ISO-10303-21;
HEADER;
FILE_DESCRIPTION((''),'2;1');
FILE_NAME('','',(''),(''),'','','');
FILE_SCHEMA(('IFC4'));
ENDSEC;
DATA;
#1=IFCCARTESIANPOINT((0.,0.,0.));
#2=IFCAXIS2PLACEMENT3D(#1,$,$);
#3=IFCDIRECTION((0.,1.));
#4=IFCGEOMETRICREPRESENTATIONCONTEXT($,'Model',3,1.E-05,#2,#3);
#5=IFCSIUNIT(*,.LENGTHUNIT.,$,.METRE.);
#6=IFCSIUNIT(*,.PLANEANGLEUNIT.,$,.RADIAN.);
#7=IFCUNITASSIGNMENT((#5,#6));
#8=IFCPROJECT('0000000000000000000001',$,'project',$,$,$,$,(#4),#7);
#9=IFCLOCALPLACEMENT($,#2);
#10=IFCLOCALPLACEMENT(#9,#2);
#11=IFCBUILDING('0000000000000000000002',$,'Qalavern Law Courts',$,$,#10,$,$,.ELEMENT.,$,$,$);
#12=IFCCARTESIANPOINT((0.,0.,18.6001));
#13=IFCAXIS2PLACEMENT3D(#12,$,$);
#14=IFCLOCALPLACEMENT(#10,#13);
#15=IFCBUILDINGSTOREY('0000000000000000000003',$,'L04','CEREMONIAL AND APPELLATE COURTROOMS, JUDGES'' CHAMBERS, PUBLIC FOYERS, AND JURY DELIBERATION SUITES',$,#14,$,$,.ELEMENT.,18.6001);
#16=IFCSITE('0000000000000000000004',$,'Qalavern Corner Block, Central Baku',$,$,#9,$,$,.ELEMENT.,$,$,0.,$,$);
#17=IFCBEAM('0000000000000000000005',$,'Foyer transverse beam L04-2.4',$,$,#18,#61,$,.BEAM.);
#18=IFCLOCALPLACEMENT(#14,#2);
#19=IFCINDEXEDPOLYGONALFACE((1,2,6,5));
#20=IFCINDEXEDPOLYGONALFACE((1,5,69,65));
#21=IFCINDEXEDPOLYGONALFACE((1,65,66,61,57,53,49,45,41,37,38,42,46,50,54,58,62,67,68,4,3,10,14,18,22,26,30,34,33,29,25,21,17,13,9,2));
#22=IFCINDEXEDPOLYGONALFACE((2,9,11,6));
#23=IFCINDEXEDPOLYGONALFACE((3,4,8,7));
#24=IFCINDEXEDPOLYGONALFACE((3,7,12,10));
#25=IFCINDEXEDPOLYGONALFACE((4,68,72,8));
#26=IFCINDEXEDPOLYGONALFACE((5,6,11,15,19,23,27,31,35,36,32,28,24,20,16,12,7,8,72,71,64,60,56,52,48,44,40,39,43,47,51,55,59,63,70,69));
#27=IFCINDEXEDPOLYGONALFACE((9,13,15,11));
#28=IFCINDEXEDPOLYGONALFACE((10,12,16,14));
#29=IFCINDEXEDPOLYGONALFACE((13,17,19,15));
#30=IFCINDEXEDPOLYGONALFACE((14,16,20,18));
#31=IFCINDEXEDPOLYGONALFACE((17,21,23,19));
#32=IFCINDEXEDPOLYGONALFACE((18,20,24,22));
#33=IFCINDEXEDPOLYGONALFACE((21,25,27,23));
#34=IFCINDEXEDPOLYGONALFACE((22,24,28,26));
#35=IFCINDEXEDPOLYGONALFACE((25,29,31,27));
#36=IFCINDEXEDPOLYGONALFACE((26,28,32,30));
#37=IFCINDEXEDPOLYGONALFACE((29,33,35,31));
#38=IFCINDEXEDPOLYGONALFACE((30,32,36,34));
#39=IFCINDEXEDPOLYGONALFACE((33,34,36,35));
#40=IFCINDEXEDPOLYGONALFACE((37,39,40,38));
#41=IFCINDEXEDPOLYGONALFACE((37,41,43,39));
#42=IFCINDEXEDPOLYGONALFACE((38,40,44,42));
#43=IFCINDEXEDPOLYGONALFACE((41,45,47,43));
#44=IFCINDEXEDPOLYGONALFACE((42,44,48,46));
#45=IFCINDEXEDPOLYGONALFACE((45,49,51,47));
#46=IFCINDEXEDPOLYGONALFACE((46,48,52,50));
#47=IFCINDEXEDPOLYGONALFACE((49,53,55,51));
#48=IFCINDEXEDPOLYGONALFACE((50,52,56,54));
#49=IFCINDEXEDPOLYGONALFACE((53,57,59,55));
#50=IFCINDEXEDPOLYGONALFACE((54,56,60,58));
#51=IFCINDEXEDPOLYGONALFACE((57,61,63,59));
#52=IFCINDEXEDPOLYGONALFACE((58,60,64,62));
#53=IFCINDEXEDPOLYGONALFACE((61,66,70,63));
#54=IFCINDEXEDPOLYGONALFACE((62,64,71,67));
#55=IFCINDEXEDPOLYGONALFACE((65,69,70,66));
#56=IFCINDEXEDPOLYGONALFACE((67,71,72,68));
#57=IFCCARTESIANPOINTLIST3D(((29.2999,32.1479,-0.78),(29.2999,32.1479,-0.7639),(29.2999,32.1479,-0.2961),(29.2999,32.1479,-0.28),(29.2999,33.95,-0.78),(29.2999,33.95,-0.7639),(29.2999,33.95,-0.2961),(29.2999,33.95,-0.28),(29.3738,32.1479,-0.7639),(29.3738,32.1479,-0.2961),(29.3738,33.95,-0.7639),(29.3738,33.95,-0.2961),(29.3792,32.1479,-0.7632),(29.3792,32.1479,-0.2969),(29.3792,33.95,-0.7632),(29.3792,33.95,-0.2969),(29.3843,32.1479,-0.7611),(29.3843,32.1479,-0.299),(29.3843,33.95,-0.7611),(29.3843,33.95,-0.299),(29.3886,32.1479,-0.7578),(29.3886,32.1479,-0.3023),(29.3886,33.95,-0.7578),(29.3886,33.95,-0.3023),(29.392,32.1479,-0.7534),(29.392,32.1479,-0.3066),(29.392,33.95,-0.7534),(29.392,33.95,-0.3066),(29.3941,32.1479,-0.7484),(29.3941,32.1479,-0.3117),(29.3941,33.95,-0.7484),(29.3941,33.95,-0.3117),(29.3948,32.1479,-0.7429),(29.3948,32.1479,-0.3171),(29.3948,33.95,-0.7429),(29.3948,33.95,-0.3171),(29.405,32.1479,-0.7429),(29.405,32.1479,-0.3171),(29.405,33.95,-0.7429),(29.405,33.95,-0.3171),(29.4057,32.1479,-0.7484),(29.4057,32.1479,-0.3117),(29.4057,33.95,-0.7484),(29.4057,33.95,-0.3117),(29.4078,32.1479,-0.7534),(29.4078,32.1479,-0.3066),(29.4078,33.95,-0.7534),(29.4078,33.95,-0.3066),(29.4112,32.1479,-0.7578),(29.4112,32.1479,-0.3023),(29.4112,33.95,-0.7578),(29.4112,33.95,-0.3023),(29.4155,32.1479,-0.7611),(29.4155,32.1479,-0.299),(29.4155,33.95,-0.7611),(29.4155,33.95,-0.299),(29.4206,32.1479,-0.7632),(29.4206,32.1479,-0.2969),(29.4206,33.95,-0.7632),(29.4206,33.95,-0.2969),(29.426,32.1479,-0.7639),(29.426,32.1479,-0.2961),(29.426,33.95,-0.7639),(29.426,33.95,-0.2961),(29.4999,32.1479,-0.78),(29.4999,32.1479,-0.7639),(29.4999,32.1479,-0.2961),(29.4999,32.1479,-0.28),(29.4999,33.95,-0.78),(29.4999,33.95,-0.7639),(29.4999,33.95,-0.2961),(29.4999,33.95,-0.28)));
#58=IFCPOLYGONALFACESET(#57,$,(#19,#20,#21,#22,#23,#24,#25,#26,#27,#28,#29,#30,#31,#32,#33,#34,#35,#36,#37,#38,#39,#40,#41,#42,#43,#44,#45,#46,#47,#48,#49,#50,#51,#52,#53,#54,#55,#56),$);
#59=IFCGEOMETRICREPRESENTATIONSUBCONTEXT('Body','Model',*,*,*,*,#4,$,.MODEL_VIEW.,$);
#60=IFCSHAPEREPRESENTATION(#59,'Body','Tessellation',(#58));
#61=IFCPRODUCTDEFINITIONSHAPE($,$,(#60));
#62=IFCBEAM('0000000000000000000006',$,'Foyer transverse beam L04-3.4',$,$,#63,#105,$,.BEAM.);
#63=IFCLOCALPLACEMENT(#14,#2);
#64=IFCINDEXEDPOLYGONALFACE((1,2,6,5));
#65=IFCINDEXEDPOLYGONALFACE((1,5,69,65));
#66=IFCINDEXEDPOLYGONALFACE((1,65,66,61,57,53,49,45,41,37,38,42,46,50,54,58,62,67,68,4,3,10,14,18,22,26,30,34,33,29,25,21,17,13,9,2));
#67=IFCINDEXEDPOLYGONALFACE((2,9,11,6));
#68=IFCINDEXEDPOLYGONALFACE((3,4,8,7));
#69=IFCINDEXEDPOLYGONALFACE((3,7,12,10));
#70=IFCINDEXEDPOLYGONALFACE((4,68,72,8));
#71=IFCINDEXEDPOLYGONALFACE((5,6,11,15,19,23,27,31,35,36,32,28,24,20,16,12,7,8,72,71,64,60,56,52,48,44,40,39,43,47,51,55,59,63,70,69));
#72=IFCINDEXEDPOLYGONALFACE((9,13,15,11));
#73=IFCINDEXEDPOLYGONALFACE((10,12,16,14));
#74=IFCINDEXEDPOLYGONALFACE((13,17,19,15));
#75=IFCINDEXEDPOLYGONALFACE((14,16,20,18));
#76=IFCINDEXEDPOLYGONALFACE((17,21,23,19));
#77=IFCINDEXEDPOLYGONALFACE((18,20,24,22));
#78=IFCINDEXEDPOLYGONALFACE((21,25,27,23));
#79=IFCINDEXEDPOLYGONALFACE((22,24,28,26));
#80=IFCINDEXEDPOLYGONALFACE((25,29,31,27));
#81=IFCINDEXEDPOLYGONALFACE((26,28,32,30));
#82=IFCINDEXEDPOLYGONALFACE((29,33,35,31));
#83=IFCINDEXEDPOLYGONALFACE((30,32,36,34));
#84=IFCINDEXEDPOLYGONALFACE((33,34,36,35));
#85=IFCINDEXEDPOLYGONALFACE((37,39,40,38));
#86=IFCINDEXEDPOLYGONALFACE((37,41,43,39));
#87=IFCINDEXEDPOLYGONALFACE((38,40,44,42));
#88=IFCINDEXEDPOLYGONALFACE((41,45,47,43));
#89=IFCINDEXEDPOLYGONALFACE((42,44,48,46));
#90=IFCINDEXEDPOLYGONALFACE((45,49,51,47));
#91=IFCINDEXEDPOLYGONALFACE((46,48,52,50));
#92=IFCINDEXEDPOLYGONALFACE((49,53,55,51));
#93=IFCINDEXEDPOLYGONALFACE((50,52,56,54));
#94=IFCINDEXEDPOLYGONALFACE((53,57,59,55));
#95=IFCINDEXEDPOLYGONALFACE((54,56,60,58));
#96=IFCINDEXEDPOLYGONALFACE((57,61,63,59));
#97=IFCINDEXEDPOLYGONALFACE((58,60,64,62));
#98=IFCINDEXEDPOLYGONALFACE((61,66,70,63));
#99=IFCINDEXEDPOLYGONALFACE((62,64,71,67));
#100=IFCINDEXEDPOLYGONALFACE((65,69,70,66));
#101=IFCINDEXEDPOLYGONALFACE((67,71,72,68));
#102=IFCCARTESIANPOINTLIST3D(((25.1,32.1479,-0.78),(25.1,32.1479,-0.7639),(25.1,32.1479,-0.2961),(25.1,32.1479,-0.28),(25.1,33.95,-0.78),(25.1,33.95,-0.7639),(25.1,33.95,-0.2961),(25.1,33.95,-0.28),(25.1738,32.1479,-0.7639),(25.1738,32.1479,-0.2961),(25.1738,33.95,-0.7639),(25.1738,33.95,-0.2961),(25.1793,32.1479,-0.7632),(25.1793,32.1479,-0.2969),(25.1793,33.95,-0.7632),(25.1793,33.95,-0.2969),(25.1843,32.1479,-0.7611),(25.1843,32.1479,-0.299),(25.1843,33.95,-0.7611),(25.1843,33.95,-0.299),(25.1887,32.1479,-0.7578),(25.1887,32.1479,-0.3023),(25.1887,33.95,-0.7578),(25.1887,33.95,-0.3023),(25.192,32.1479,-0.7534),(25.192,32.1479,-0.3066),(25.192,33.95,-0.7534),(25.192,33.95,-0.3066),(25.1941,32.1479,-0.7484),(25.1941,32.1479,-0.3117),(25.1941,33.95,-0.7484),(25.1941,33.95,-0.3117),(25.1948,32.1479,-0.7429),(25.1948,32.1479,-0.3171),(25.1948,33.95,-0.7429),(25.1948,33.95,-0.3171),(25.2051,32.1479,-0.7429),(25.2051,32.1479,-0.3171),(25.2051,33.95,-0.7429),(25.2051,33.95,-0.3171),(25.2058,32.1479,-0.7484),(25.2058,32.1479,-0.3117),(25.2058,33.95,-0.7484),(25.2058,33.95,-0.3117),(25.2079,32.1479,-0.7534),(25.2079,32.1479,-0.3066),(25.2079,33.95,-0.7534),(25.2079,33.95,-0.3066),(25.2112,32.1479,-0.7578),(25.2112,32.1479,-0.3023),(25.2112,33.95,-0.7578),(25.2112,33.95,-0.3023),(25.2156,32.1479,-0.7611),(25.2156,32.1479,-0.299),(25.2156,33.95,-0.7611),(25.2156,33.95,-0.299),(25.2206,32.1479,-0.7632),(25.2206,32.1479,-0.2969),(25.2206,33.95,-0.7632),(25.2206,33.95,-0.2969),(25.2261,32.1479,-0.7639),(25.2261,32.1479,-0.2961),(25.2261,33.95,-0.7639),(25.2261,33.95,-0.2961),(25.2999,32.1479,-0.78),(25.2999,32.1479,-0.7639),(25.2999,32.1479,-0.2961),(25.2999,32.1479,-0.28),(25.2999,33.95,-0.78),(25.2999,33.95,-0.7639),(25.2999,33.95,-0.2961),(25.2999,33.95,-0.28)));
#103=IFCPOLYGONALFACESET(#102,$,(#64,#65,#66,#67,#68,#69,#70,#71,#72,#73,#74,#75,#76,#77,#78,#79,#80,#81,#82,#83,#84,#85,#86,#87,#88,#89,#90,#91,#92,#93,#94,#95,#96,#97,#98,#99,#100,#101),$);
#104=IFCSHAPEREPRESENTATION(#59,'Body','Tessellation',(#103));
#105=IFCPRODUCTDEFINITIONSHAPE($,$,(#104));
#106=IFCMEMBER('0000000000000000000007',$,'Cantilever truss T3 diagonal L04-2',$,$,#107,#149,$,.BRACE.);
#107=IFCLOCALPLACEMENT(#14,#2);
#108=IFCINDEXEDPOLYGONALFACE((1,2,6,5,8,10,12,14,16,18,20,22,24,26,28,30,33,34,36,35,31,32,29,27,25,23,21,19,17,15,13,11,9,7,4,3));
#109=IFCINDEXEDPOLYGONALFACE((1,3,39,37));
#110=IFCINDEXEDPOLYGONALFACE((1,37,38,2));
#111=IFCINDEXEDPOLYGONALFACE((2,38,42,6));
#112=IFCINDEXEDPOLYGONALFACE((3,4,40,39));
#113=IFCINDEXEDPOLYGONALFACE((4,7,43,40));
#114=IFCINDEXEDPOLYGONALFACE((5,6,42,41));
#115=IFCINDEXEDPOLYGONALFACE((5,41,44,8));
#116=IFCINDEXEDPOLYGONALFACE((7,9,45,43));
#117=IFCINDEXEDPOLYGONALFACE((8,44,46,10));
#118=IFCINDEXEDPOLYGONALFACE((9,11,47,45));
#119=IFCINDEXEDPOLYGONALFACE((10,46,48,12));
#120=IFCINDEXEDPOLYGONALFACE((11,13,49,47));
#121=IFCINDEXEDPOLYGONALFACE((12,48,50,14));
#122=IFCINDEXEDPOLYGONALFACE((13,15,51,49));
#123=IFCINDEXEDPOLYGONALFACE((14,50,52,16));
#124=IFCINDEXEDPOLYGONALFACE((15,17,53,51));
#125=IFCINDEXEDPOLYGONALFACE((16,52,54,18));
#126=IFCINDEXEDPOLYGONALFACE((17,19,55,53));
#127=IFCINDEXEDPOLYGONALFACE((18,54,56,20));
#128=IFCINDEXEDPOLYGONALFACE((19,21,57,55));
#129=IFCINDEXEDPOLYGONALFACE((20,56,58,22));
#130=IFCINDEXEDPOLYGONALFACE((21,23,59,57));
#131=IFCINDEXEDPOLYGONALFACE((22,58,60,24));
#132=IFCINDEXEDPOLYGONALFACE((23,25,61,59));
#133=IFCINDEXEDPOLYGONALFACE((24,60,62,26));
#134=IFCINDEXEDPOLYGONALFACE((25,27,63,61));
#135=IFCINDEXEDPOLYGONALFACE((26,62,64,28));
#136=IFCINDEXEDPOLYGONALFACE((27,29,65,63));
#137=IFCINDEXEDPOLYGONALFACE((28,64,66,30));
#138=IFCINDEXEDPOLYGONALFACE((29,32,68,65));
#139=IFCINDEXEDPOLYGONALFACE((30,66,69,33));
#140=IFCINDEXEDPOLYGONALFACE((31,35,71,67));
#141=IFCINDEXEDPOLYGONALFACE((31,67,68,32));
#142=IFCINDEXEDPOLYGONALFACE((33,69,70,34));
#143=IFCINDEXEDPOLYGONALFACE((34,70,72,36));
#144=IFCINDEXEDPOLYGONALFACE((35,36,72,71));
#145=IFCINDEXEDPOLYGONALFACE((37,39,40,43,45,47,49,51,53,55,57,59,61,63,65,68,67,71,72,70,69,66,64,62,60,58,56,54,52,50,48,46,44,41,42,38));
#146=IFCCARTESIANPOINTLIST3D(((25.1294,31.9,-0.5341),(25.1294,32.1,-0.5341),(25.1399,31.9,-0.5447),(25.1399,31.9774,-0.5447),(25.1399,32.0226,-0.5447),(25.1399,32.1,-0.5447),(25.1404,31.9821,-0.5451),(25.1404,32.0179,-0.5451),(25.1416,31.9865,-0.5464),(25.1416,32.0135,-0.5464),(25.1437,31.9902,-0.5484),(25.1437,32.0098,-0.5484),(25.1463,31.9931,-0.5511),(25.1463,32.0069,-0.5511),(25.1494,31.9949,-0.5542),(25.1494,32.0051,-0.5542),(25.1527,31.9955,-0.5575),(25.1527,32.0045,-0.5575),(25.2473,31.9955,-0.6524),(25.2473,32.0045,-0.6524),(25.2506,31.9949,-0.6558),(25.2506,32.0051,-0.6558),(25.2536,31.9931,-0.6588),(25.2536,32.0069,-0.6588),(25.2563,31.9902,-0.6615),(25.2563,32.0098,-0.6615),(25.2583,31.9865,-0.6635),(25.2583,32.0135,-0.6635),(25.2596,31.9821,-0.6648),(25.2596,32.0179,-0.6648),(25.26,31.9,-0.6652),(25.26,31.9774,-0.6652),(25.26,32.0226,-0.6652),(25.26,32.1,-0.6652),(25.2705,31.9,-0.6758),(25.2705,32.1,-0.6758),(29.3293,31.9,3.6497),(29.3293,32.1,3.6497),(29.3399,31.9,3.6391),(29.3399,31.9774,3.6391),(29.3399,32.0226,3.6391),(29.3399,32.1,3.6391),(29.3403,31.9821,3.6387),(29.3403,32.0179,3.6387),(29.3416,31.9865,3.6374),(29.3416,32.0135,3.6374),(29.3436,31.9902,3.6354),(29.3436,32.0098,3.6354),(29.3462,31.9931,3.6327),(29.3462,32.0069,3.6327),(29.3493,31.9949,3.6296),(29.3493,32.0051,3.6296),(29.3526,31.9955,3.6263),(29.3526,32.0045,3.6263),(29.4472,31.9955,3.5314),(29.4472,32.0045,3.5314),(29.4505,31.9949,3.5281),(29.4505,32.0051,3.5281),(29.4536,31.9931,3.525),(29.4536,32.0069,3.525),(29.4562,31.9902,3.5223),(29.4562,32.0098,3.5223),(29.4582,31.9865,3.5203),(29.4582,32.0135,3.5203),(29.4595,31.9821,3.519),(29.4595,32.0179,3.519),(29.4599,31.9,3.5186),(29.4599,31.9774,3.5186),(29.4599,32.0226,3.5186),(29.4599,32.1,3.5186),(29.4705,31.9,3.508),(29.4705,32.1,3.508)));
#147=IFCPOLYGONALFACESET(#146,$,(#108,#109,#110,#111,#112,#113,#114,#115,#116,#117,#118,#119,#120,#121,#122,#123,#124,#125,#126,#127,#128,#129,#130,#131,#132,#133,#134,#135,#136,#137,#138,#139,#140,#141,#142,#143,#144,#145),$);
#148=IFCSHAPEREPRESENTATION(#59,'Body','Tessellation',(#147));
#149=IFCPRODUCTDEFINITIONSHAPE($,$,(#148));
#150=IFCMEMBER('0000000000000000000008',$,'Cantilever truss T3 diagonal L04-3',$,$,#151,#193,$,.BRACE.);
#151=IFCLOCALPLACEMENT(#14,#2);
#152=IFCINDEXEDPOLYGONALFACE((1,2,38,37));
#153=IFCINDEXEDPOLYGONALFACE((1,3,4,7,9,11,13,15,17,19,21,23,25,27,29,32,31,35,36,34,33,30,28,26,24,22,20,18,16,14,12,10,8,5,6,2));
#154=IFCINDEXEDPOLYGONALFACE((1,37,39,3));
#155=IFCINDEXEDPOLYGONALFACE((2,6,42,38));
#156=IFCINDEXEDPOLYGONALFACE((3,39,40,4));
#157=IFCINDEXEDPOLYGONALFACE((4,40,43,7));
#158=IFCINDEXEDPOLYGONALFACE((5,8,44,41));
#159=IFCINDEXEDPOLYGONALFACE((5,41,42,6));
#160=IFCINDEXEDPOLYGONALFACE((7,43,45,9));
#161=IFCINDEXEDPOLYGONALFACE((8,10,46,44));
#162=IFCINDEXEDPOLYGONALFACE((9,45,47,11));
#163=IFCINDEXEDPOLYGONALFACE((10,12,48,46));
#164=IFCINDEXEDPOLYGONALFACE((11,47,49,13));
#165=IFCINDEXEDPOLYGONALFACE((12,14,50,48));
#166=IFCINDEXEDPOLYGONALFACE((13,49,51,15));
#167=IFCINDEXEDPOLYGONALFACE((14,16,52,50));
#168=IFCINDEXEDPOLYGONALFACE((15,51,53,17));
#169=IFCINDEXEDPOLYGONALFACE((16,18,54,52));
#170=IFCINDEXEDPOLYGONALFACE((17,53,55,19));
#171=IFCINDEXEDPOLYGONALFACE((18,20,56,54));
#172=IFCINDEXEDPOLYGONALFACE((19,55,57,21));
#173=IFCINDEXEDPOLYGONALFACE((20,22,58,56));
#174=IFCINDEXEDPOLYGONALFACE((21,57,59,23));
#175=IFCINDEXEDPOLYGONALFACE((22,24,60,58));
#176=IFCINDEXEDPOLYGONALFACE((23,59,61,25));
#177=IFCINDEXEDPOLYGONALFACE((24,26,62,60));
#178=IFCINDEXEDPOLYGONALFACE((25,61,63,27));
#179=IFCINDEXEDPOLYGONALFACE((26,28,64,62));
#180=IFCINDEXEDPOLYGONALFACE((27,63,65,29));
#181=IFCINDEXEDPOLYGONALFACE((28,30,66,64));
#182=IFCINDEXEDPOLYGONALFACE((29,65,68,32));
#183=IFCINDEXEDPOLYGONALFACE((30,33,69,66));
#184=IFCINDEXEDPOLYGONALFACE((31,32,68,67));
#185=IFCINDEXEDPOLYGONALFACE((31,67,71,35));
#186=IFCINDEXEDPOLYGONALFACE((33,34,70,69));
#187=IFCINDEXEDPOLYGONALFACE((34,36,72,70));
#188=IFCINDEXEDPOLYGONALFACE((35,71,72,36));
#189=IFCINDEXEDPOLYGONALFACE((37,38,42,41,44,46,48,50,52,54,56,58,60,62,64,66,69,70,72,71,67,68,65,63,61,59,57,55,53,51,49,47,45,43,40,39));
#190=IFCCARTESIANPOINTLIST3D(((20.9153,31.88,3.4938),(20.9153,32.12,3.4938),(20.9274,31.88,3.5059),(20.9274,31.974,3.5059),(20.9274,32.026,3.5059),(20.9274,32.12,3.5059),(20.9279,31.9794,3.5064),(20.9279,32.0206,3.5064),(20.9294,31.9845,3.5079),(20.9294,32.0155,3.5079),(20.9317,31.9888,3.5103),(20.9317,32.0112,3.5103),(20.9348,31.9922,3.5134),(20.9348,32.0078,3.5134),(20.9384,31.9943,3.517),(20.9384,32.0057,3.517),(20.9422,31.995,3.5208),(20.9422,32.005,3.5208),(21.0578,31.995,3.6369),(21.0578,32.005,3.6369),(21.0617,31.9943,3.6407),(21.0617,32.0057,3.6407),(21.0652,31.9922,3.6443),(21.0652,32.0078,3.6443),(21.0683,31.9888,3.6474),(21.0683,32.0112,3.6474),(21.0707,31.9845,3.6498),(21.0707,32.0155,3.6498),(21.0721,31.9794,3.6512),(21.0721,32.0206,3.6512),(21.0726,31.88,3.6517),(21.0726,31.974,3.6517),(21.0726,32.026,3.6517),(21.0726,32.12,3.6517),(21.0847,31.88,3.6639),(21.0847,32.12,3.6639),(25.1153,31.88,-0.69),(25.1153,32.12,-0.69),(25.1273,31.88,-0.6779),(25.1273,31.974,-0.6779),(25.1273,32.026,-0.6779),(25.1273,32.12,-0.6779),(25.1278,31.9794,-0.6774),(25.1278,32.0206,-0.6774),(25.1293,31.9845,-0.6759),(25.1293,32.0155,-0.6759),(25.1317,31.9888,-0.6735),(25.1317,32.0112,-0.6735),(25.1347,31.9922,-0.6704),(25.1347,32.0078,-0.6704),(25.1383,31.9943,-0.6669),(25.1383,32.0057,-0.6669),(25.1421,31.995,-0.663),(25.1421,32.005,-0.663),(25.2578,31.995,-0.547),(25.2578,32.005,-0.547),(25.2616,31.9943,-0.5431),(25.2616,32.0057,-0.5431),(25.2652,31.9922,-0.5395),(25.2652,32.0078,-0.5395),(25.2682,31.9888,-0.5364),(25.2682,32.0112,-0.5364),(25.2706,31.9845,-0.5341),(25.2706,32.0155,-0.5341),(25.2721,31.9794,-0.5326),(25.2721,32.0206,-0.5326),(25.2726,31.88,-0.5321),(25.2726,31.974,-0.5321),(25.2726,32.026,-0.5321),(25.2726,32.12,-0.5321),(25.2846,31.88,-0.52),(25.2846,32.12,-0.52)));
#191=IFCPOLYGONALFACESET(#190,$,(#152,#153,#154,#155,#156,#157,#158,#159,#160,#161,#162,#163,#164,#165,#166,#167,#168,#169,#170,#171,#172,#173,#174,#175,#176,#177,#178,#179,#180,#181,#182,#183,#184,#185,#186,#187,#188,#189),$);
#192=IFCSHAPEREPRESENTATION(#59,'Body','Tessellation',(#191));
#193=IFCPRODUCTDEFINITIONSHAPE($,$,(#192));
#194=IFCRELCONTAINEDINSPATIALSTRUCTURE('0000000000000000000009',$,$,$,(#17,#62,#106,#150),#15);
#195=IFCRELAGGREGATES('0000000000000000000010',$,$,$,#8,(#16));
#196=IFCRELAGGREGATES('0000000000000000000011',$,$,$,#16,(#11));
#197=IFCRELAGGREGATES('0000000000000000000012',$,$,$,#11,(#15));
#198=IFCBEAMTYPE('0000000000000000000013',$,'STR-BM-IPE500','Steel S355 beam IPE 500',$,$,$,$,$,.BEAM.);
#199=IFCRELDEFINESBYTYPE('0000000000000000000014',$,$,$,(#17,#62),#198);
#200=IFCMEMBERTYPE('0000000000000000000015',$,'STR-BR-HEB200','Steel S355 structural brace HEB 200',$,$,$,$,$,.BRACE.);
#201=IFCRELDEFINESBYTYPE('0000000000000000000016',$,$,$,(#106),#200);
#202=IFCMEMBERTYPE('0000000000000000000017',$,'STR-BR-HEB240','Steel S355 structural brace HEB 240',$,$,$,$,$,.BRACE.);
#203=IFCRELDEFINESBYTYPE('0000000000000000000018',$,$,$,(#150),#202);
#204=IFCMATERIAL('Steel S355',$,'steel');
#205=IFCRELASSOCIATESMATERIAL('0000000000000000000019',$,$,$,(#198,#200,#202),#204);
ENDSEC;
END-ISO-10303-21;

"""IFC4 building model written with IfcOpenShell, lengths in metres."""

from ifc_helpers import new_model, si_unit, direction, frame, origin, origin_2d, place, context, subcontext, project, spatial, i_section, extrude, material, material_profile, profile_set, type_object, element, save


model = new_model("IFC4")

# Units and contexts
model_context = context("Model", 3, precision=1e-05, world=origin(), true_north=direction((0.0, 1.0)))
body_context = subcontext(model_context, "Body", "Model", "MODEL_VIEW")
ifc_project = project(units=[si_unit("LENGTHUNIT", "METRE"), si_unit("PLANEANGLEUNIT", "RADIAN")], contexts=[model_context])

# Site, building, storey
site_placement = place(None, origin())
site = spatial("IfcSite", under=ifc_project, at=site_placement, Name="Qalavern Corner Block, Central Baku", CompositionType="ELEMENT", RefElevation=0.0)
building_placement = place(site_placement, origin())
building = spatial("IfcBuilding", under=site, at=building_placement, Name="Qalavern Law Courts", CompositionType="ELEMENT")
storey_placement = place(building_placement, frame((0.0, 0.0, 18.6001)))
storey = spatial("IfcBuildingStorey", under=building, at=storey_placement, Name="L04", Description="CEREMONIAL AND APPELLATE COURTROOMS, JUDGES' CHAMBERS, PUBLIC FOYERS, AND JURY DELIBERATION SUITES", CompositionType="ELEMENT", Elevation=18.6001)

# Beams
ifc_material_1 = material(Name="Steel S355", Category="steel")
ifc_material_profile_1 = material_profile(ifc_material_1, i_section(OverallWidth=0.2, OverallDepth=0.5, WebThickness=0.0103, FlangeThickness=0.0161, FilletRadius=0.021, at=origin_2d()), Name="IPE 500")
ifc_profile_set_1 = profile_set([ifc_material_profile_1], Name="Steel S355")
beam_type = type_object("IfcBeamType", Name="STR-BM-IPE500", Description="Steel S355 beam IPE 500", PredefinedType="BEAM", material=ifc_profile_set_1)
for number, where, z_axis, x_axis, name in (
    (1, (29.3999, 32.1479, -0.53), (0.0, 1.0, 0.0), (-1.0, 0.0, 0.0), "Foyer transverse beam L04-2.4"),
    (2, (25.2, 32.1479, -0.53), (0.0, 1.0, 0.0), (-1.0, 0.0, 0.0), "Foyer transverse beam L04-3.4"),
):
    element("IfcBeam", number, at=place(storey_placement, frame(where, z_axis=z_axis, x_axis=x_axis)), inside=storey, type_object=beam_type, Name=name, PredefinedType="BEAM", context=body_context, shape_type="SweptSolid", body=[
        extrude(i_section(OverallWidth=0.2, OverallDepth=0.5, WebThickness=0.0103, FlangeThickness=0.0161, FilletRadius=0.021, at=origin_2d()), origin(), (0.0, 0.0, 1.0), 1.802),
    ])

# Members
ifc_material_profile_2 = material_profile(ifc_material_1, i_section(OverallWidth=0.2, OverallDepth=0.2, WebThickness=0.009, FlangeThickness=0.0149, FilletRadius=0.0181, at=origin_2d()), Name="HEB 200")
ifc_profile_set_2 = profile_set([ifc_material_profile_2], Name="Steel S355")
member_type_1 = type_object("IfcMemberType", Name="STR-BR-HEB200", Description="Steel S355 structural brace HEB 200", PredefinedType="BRACE", material=ifc_profile_set_2)
member_1_placement = place(storey_placement, frame((29.3999, 32.0, 3.5789), z_axis=(-0.708465, 0.0, -0.705746), x_axis=(0.0, -1.0, 0.0)))
element("IfcMember", 3, at=member_1_placement, inside=storey, type_object=member_type_1, Name="Cantilever truss T3 diagonal L04-2", PredefinedType="BRACE", context=body_context, shape_type="SweptSolid", body=[
    extrude(i_section(OverallWidth=0.2, OverallDepth=0.2, WebThickness=0.009, FlangeThickness=0.0149, FilletRadius=0.0181, at=origin_2d()), origin(), (0.0, 0.0, 1.0), 5.9282),
])
ifc_material_profile_3 = material_profile(ifc_material_1, i_section(OverallWidth=0.24, OverallDepth=0.24, WebThickness=0.01, FlangeThickness=0.0171, FilletRadius=0.021, at=origin_2d()), Name="HEB 240")
ifc_profile_set_3 = profile_set([ifc_material_profile_3], Name="Steel S355")
member_type_2 = type_object("IfcMemberType", Name="STR-BR-HEB240", Description="Steel S355 structural brace HEB 240", PredefinedType="BRACE", material=ifc_profile_set_3)
member_2_placement = place(storey_placement, frame((25.2, 32.0, -0.605), z_axis=(-0.708465, 0.0, 0.705746), x_axis=(0.0, -1.0, 0.0)))
element("IfcMember", 4, at=member_2_placement, inside=storey, type_object=member_type_2, Name="Cantilever truss T3 diagonal L04-3", PredefinedType="BRACE", context=body_context, shape_type="SweptSolid", body=[
    extrude(i_section(OverallWidth=0.24, OverallDepth=0.24, WebThickness=0.01, FlangeThickness=0.0171, FilletRadius=0.021, at=origin_2d()), origin(), (0.0, 0.0, 1.0), 5.9282),
])

save(model, "model.ifc")
